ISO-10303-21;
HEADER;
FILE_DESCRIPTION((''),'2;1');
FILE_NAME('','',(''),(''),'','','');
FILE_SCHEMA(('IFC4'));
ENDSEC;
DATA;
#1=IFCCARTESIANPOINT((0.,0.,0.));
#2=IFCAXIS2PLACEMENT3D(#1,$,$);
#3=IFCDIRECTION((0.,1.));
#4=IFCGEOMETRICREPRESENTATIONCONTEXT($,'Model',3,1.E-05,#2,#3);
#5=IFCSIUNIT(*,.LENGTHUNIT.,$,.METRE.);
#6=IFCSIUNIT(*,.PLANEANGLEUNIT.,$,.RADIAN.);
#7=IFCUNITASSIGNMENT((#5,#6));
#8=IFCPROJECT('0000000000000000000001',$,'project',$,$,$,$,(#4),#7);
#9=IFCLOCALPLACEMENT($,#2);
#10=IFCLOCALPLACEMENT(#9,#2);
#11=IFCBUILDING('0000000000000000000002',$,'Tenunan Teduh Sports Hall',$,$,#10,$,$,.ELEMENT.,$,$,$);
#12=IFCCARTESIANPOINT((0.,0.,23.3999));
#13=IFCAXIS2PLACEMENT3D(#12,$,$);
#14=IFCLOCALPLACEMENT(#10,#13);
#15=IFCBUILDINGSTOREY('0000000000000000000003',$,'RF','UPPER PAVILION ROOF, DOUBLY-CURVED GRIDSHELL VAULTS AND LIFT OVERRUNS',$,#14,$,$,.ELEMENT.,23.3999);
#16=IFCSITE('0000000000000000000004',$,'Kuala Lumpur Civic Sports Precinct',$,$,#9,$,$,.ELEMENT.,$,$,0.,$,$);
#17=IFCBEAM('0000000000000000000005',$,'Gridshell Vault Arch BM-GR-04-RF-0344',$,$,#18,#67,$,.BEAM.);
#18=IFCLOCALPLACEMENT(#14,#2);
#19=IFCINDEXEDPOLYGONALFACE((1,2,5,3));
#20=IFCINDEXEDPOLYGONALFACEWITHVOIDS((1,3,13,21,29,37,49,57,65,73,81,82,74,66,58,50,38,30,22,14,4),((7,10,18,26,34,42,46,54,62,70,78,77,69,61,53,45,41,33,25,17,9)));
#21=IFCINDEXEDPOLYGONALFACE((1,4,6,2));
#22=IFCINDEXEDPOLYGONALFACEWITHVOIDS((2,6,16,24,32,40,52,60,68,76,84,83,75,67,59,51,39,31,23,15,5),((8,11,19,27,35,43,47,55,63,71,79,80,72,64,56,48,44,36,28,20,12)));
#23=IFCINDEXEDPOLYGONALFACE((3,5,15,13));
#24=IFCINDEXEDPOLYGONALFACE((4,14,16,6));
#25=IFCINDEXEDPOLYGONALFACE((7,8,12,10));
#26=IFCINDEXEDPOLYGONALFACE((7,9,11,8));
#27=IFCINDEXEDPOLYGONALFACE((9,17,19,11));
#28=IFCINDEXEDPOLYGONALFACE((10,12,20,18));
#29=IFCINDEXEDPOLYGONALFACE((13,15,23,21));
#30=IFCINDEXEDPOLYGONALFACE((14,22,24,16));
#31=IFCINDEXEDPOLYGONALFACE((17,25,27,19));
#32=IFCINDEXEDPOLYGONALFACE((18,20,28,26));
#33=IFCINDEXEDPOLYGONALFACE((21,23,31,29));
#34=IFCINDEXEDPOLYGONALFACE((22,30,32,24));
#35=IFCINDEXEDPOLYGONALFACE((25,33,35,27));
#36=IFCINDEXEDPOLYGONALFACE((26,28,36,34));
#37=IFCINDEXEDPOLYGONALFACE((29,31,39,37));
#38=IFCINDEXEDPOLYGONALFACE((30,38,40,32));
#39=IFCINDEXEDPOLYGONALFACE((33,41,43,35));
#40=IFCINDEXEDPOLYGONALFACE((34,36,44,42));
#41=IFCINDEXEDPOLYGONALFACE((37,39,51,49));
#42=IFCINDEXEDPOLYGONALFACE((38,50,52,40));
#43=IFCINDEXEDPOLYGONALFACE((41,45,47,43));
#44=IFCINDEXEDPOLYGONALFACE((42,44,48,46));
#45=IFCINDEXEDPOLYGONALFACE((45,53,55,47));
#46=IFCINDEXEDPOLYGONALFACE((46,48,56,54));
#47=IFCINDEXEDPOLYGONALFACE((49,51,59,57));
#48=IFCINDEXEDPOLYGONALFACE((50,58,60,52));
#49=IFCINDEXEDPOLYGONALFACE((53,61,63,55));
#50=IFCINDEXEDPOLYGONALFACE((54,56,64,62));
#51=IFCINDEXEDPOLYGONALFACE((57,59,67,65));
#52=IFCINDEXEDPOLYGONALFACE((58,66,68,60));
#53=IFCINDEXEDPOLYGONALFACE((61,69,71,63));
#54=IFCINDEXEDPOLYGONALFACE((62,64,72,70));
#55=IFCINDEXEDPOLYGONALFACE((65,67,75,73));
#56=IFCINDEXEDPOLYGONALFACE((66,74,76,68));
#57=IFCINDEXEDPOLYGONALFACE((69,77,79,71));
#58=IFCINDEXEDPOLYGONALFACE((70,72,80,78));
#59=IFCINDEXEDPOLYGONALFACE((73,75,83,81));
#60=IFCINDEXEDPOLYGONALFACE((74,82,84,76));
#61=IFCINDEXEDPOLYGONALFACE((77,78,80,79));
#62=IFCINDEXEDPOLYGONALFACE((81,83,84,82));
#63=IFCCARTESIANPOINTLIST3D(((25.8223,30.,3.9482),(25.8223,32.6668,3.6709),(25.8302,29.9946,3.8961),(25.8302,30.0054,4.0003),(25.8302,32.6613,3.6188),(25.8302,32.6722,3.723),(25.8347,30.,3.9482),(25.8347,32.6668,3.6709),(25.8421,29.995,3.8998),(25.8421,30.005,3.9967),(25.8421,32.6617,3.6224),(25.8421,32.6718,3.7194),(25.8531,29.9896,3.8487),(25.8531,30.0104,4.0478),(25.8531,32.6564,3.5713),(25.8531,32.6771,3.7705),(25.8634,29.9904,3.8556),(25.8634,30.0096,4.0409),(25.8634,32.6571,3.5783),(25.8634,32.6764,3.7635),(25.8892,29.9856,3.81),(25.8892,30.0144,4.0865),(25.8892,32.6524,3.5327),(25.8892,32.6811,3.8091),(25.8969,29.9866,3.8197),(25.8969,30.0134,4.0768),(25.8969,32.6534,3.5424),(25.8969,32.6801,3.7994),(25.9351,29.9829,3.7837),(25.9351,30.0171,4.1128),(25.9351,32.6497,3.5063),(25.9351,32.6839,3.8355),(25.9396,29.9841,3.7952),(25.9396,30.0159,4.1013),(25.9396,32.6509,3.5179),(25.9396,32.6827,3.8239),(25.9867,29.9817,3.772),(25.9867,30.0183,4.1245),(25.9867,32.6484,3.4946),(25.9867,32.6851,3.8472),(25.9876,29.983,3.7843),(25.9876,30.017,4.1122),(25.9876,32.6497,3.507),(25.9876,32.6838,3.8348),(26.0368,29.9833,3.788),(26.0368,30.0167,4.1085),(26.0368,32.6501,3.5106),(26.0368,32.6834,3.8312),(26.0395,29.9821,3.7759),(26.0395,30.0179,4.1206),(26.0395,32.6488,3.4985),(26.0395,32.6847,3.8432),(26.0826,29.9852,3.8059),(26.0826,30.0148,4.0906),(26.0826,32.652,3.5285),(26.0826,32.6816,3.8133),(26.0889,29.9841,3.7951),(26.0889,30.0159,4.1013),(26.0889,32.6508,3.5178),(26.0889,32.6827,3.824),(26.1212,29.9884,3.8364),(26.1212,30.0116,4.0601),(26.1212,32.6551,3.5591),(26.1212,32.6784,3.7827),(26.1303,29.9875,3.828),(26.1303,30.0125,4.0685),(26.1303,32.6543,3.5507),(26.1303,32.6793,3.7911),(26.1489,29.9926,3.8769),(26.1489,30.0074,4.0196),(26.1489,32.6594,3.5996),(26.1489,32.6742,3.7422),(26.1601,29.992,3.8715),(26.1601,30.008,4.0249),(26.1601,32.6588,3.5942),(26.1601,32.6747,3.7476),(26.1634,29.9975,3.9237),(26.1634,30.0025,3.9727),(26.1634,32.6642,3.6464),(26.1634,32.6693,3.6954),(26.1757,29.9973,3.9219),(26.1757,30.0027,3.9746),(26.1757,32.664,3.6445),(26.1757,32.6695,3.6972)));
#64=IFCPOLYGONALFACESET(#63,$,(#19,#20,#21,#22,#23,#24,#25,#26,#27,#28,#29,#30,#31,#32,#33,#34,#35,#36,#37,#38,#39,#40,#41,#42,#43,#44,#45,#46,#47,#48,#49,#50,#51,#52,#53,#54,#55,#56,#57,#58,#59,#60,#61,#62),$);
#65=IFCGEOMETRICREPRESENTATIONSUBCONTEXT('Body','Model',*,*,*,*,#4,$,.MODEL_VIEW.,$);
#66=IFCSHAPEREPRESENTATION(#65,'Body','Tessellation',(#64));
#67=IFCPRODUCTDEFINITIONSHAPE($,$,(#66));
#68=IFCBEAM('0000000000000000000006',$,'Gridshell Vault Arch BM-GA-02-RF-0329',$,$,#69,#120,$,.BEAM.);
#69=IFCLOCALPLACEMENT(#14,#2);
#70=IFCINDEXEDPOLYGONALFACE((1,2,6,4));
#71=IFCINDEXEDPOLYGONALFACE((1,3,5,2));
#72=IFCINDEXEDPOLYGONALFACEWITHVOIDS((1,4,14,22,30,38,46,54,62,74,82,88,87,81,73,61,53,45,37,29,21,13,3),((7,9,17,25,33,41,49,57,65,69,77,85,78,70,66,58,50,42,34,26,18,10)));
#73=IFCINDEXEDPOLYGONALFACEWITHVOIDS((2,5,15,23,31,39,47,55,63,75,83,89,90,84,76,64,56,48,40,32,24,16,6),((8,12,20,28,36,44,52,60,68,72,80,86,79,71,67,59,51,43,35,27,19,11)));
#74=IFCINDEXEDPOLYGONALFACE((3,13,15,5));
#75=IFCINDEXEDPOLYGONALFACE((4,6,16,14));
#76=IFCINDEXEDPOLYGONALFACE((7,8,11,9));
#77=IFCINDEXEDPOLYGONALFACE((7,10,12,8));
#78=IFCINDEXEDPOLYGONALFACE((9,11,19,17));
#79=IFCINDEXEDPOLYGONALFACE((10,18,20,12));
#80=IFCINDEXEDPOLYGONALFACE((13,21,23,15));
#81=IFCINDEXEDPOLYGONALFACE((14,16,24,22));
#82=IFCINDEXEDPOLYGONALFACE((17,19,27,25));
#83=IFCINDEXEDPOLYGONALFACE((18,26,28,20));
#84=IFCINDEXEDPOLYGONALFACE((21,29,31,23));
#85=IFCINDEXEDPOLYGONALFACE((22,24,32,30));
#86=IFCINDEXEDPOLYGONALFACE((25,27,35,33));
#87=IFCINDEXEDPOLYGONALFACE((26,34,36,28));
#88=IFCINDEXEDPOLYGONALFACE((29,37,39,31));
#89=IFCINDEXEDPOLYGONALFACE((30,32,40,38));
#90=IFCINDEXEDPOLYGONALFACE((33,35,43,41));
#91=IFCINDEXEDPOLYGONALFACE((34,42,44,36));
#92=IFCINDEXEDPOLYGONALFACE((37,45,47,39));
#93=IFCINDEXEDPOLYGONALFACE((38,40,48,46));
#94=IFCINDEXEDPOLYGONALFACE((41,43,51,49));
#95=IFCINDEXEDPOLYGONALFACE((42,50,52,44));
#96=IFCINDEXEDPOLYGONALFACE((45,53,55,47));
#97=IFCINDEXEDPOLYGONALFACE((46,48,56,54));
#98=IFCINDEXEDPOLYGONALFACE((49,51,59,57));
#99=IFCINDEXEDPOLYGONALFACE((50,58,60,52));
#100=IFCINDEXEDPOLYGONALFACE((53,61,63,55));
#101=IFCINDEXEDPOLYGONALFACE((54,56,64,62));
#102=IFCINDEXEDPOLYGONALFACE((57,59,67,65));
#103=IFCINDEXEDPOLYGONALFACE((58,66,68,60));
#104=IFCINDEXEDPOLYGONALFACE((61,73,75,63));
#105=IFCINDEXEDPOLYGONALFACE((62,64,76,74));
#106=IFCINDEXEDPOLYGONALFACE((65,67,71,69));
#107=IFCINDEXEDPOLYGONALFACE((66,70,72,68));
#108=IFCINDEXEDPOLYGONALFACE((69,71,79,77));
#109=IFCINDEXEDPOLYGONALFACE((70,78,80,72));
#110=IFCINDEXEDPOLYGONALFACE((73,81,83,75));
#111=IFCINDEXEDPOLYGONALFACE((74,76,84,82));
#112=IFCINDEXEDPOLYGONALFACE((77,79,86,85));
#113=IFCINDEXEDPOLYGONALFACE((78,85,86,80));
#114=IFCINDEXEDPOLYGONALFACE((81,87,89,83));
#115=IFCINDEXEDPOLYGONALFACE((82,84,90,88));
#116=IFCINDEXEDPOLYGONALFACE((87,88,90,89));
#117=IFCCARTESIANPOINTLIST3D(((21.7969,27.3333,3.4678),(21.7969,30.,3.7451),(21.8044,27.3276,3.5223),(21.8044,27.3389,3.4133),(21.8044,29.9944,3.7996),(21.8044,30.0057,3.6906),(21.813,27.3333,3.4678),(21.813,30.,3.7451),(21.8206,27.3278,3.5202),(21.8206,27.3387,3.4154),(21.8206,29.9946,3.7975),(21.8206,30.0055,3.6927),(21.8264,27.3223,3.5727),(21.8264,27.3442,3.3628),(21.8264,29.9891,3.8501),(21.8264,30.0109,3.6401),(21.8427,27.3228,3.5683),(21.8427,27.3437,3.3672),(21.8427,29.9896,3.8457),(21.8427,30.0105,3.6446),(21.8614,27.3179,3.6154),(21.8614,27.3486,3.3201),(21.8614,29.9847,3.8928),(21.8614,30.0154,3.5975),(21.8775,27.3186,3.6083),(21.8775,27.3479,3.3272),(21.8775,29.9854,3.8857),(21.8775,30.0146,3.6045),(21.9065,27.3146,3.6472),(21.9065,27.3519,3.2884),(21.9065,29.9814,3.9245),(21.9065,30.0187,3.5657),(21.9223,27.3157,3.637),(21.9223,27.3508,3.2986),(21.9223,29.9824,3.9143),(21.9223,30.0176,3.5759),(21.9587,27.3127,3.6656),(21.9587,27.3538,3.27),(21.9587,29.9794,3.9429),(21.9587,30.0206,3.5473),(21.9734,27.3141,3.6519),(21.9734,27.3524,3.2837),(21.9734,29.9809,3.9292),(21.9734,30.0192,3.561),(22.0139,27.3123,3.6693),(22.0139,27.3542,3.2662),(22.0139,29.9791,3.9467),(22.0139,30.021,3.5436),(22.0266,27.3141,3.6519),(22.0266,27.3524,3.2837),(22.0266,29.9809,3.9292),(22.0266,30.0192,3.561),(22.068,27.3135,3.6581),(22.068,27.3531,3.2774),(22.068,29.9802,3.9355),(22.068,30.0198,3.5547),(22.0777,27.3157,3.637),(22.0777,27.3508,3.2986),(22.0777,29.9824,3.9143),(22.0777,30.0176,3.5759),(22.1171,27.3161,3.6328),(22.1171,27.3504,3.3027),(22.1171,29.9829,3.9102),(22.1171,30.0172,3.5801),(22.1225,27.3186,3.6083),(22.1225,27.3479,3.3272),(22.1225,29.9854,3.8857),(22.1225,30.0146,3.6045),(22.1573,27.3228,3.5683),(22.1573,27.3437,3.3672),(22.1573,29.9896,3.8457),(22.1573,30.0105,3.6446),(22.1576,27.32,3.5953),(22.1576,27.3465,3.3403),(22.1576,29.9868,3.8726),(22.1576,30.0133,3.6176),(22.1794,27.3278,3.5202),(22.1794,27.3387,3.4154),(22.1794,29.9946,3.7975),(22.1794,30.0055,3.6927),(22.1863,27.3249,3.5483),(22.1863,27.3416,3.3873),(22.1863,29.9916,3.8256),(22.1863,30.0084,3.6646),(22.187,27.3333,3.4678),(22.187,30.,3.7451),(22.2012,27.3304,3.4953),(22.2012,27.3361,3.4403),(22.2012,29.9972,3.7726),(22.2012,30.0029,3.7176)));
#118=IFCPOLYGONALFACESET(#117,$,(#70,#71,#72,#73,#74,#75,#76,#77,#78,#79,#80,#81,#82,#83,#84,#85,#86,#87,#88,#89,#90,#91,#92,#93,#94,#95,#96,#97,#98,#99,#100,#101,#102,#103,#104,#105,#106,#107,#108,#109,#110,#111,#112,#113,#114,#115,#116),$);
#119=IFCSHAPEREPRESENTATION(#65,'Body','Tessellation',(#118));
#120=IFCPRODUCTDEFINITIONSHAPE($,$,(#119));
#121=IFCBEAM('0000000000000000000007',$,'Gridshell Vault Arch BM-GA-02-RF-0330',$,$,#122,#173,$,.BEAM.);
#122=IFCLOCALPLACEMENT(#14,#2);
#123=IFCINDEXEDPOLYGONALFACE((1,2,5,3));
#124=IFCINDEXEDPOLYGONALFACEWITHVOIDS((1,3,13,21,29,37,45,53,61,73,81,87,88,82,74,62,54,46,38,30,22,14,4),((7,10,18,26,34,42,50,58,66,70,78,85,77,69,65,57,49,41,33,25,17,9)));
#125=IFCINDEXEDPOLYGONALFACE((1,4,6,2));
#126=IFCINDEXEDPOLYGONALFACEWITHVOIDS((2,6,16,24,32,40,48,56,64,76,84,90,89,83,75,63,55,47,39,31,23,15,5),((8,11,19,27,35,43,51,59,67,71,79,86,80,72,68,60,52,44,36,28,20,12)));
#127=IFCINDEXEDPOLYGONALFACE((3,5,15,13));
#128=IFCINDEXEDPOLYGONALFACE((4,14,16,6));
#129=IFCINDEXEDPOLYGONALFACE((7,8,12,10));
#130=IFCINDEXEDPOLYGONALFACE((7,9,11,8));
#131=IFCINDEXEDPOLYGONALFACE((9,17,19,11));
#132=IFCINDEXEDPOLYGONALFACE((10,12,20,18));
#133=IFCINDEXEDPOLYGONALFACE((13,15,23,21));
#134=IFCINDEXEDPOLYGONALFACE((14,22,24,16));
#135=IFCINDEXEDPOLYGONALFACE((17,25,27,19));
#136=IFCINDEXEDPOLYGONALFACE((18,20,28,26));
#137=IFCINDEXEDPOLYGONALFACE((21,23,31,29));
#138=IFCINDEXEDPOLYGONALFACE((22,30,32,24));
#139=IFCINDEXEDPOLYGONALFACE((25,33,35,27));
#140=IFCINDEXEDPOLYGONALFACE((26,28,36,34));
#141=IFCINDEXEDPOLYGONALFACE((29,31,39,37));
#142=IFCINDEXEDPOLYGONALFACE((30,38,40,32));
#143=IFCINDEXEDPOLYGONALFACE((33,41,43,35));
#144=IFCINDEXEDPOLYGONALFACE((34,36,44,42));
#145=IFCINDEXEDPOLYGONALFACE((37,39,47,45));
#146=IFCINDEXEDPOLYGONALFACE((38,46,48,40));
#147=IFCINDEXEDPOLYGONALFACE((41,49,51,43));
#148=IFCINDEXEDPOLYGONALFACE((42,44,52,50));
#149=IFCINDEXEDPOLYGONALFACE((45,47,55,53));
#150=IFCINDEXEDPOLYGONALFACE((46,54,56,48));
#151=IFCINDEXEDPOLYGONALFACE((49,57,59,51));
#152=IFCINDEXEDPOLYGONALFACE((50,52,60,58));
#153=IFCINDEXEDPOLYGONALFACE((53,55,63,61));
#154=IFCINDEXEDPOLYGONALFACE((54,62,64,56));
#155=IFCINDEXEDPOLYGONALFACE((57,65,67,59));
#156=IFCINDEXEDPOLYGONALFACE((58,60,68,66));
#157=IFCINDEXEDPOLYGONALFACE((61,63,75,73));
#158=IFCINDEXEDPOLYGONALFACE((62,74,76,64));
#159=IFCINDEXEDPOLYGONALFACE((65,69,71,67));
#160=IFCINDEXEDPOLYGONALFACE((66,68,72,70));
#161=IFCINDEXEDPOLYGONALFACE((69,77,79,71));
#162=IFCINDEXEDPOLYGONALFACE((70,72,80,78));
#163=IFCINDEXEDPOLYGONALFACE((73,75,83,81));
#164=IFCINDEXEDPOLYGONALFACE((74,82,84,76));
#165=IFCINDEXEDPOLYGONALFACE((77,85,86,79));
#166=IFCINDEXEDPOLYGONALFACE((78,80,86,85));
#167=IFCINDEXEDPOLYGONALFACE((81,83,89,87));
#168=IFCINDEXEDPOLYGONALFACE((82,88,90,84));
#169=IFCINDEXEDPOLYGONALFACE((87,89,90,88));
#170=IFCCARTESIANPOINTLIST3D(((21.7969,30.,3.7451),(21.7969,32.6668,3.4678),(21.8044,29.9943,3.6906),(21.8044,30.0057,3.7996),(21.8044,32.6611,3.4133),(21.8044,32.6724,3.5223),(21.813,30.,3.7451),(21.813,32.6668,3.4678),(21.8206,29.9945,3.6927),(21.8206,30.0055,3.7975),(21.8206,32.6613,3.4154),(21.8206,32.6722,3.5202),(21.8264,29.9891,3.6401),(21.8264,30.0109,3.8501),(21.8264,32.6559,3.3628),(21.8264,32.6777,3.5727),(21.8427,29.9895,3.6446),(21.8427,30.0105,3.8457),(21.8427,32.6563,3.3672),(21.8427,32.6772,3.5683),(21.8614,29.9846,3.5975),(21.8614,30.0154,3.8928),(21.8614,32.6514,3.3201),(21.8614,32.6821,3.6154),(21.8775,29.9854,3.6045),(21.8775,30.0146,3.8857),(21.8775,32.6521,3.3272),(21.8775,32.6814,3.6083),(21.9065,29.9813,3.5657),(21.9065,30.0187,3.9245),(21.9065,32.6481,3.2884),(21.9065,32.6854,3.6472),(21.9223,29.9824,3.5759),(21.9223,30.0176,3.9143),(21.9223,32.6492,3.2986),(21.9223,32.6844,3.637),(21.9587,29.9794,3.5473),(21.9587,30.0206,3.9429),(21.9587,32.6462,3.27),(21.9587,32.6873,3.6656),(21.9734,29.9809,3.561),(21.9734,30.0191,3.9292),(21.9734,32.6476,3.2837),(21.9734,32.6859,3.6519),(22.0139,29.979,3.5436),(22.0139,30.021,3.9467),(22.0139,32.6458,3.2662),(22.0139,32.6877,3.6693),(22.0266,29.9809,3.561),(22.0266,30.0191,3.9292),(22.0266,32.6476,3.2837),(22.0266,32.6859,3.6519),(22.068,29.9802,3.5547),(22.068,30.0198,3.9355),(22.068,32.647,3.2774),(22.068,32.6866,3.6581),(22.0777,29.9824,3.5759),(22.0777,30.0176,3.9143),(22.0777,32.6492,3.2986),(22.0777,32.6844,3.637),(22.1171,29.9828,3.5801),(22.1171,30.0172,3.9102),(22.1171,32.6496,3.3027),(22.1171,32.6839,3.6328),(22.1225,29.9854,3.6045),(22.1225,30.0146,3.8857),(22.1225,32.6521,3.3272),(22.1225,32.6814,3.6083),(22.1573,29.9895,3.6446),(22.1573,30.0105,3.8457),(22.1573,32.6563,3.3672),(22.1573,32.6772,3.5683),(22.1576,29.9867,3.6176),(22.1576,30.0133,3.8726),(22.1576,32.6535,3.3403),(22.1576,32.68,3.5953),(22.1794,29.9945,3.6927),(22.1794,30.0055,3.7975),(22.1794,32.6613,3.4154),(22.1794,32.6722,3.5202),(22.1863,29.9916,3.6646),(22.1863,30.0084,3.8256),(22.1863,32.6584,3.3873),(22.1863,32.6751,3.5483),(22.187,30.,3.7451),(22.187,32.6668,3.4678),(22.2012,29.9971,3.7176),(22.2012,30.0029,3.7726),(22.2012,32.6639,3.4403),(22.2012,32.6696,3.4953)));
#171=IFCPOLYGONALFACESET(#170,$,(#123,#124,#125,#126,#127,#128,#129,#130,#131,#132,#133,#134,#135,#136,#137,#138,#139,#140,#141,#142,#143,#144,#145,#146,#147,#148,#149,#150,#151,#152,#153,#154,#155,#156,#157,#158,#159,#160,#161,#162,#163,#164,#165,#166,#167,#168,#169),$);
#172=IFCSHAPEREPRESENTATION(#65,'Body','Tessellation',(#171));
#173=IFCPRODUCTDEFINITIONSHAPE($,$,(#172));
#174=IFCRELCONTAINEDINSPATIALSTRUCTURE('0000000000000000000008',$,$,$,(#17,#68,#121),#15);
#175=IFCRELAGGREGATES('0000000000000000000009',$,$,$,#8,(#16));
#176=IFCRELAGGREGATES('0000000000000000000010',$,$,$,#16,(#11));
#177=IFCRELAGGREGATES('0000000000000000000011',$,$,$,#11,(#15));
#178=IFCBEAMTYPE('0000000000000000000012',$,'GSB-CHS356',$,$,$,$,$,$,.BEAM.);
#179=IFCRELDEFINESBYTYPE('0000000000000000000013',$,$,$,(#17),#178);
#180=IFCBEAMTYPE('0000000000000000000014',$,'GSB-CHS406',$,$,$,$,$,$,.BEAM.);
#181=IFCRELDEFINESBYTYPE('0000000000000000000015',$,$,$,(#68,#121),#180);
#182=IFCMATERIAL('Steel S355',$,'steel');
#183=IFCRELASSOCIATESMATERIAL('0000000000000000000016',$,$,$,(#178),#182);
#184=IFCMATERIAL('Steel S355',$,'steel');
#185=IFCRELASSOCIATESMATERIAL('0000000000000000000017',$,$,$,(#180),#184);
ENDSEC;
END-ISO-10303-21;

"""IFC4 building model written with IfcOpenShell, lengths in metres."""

from ifc_helpers import new_model, si_unit, direction, frame, origin, origin_2d, place, context, subcontext, project, spatial, hollow_circle, extrude, material, material_profile, profile_set, type_object, element, save


model = new_model("IFC4")

# Units and contexts
model_context = context("Model", 3, precision=1e-05, world=origin(), true_north=direction((0.0, 1.0)))
body_context = subcontext(model_context, "Body", "Model", "MODEL_VIEW")
ifc_project = project(units=[si_unit("LENGTHUNIT", "METRE"), si_unit("PLANEANGLEUNIT", "RADIAN")], contexts=[model_context])

# Site, building, storey
site_placement = place(None, origin())
site = spatial("IfcSite", under=ifc_project, at=site_placement, Name="Kuala Lumpur Civic Sports Precinct", CompositionType="ELEMENT", RefElevation=0.0)
building_placement = place(site_placement, origin())
building = spatial("IfcBuilding", under=site, at=building_placement, Name="Tenunan Teduh Sports Hall", CompositionType="ELEMENT")
storey_placement = place(building_placement, frame((0.0, 0.0, 23.3999)))
storey = spatial("IfcBuildingStorey", under=building, at=storey_placement, Name="RF", Description="UPPER PAVILION ROOF, DOUBLY-CURVED GRIDSHELL VAULTS AND LIFT OVERRUNS", CompositionType="ELEMENT", Elevation=23.3999)

# Beams
ifc_material_1 = material(Name="Steel S355", Category="steel")
ifc_material_profile_1 = material_profile(ifc_material_1, hollow_circle(Radius=0.1777, WallThickness=0.0125, at=origin_2d()), Name="CHS 355.6x12.5")
ifc_profile_set_1 = profile_set([ifc_material_profile_1], Name="Steel S355")
beam_type_1 = type_object("IfcBeamType", Name="GSB-CHS356", PredefinedType="BEAM", material=ifc_profile_set_1)
for number, where, z_axis, x_axis, name in (
    (1, (26.0, 30.0, 3.9482), (0.0, 0.994635, -0.103443), (-1.0, 0.0, 0.0), "Gridshell Vault Arch BM-GR-04-RF-0344"),
):
    element("IfcBeam", number, at=place(storey_placement, frame(where, z_axis=z_axis, x_axis=x_axis)), inside=storey, type_object=beam_type_1, Name=name, PredefinedType="BEAM", context=body_context, shape_type="SweptSolid", body=[
        extrude(hollow_circle(Radius=0.1777, WallThickness=0.0125, at=origin_2d()), origin(), (0.0, 0.0, 1.0), 2.6812),
    ])
ifc_material_2 = material(Name="Steel S355", Category="steel")
ifc_material_profile_2 = material_profile(ifc_material_2, hollow_circle(Radius=0.2031, WallThickness=0.0161, at=origin_2d()), Name="CHS 406.4x16.0")
ifc_profile_set_2 = profile_set([ifc_material_profile_2], Name="Steel S355")
beam_type_2 = type_object("IfcBeamType", Name="GSB-CHS406", PredefinedType="BEAM", material=ifc_profile_set_2)
for number, where, z_axis, x_axis, name in (
    (2, (22.0, 27.3333, 3.4678), (0.0, 0.994635, 0.103443), (-1.0, 0.0, 0.0), "Gridshell Vault Arch BM-GA-02-RF-0329"),
    (3, (22.0, 30.0, 3.7451), (0.0, 0.994635, -0.103443), (-1.0, 0.0, 0.0), "Gridshell Vault Arch BM-GA-02-RF-0330"),
):
    element("IfcBeam", number, at=place(storey_placement, frame(where, z_axis=z_axis, x_axis=x_axis)), inside=storey, type_object=beam_type_2, Name=name, PredefinedType="BEAM", context=body_context, shape_type="SweptSolid", body=[
        extrude(hollow_circle(Radius=0.2031, WallThickness=0.0161, at=origin_2d()), origin(), (0.0, 0.0, 1.0), 2.6812),
    ])

save(model, "model.ifc")
